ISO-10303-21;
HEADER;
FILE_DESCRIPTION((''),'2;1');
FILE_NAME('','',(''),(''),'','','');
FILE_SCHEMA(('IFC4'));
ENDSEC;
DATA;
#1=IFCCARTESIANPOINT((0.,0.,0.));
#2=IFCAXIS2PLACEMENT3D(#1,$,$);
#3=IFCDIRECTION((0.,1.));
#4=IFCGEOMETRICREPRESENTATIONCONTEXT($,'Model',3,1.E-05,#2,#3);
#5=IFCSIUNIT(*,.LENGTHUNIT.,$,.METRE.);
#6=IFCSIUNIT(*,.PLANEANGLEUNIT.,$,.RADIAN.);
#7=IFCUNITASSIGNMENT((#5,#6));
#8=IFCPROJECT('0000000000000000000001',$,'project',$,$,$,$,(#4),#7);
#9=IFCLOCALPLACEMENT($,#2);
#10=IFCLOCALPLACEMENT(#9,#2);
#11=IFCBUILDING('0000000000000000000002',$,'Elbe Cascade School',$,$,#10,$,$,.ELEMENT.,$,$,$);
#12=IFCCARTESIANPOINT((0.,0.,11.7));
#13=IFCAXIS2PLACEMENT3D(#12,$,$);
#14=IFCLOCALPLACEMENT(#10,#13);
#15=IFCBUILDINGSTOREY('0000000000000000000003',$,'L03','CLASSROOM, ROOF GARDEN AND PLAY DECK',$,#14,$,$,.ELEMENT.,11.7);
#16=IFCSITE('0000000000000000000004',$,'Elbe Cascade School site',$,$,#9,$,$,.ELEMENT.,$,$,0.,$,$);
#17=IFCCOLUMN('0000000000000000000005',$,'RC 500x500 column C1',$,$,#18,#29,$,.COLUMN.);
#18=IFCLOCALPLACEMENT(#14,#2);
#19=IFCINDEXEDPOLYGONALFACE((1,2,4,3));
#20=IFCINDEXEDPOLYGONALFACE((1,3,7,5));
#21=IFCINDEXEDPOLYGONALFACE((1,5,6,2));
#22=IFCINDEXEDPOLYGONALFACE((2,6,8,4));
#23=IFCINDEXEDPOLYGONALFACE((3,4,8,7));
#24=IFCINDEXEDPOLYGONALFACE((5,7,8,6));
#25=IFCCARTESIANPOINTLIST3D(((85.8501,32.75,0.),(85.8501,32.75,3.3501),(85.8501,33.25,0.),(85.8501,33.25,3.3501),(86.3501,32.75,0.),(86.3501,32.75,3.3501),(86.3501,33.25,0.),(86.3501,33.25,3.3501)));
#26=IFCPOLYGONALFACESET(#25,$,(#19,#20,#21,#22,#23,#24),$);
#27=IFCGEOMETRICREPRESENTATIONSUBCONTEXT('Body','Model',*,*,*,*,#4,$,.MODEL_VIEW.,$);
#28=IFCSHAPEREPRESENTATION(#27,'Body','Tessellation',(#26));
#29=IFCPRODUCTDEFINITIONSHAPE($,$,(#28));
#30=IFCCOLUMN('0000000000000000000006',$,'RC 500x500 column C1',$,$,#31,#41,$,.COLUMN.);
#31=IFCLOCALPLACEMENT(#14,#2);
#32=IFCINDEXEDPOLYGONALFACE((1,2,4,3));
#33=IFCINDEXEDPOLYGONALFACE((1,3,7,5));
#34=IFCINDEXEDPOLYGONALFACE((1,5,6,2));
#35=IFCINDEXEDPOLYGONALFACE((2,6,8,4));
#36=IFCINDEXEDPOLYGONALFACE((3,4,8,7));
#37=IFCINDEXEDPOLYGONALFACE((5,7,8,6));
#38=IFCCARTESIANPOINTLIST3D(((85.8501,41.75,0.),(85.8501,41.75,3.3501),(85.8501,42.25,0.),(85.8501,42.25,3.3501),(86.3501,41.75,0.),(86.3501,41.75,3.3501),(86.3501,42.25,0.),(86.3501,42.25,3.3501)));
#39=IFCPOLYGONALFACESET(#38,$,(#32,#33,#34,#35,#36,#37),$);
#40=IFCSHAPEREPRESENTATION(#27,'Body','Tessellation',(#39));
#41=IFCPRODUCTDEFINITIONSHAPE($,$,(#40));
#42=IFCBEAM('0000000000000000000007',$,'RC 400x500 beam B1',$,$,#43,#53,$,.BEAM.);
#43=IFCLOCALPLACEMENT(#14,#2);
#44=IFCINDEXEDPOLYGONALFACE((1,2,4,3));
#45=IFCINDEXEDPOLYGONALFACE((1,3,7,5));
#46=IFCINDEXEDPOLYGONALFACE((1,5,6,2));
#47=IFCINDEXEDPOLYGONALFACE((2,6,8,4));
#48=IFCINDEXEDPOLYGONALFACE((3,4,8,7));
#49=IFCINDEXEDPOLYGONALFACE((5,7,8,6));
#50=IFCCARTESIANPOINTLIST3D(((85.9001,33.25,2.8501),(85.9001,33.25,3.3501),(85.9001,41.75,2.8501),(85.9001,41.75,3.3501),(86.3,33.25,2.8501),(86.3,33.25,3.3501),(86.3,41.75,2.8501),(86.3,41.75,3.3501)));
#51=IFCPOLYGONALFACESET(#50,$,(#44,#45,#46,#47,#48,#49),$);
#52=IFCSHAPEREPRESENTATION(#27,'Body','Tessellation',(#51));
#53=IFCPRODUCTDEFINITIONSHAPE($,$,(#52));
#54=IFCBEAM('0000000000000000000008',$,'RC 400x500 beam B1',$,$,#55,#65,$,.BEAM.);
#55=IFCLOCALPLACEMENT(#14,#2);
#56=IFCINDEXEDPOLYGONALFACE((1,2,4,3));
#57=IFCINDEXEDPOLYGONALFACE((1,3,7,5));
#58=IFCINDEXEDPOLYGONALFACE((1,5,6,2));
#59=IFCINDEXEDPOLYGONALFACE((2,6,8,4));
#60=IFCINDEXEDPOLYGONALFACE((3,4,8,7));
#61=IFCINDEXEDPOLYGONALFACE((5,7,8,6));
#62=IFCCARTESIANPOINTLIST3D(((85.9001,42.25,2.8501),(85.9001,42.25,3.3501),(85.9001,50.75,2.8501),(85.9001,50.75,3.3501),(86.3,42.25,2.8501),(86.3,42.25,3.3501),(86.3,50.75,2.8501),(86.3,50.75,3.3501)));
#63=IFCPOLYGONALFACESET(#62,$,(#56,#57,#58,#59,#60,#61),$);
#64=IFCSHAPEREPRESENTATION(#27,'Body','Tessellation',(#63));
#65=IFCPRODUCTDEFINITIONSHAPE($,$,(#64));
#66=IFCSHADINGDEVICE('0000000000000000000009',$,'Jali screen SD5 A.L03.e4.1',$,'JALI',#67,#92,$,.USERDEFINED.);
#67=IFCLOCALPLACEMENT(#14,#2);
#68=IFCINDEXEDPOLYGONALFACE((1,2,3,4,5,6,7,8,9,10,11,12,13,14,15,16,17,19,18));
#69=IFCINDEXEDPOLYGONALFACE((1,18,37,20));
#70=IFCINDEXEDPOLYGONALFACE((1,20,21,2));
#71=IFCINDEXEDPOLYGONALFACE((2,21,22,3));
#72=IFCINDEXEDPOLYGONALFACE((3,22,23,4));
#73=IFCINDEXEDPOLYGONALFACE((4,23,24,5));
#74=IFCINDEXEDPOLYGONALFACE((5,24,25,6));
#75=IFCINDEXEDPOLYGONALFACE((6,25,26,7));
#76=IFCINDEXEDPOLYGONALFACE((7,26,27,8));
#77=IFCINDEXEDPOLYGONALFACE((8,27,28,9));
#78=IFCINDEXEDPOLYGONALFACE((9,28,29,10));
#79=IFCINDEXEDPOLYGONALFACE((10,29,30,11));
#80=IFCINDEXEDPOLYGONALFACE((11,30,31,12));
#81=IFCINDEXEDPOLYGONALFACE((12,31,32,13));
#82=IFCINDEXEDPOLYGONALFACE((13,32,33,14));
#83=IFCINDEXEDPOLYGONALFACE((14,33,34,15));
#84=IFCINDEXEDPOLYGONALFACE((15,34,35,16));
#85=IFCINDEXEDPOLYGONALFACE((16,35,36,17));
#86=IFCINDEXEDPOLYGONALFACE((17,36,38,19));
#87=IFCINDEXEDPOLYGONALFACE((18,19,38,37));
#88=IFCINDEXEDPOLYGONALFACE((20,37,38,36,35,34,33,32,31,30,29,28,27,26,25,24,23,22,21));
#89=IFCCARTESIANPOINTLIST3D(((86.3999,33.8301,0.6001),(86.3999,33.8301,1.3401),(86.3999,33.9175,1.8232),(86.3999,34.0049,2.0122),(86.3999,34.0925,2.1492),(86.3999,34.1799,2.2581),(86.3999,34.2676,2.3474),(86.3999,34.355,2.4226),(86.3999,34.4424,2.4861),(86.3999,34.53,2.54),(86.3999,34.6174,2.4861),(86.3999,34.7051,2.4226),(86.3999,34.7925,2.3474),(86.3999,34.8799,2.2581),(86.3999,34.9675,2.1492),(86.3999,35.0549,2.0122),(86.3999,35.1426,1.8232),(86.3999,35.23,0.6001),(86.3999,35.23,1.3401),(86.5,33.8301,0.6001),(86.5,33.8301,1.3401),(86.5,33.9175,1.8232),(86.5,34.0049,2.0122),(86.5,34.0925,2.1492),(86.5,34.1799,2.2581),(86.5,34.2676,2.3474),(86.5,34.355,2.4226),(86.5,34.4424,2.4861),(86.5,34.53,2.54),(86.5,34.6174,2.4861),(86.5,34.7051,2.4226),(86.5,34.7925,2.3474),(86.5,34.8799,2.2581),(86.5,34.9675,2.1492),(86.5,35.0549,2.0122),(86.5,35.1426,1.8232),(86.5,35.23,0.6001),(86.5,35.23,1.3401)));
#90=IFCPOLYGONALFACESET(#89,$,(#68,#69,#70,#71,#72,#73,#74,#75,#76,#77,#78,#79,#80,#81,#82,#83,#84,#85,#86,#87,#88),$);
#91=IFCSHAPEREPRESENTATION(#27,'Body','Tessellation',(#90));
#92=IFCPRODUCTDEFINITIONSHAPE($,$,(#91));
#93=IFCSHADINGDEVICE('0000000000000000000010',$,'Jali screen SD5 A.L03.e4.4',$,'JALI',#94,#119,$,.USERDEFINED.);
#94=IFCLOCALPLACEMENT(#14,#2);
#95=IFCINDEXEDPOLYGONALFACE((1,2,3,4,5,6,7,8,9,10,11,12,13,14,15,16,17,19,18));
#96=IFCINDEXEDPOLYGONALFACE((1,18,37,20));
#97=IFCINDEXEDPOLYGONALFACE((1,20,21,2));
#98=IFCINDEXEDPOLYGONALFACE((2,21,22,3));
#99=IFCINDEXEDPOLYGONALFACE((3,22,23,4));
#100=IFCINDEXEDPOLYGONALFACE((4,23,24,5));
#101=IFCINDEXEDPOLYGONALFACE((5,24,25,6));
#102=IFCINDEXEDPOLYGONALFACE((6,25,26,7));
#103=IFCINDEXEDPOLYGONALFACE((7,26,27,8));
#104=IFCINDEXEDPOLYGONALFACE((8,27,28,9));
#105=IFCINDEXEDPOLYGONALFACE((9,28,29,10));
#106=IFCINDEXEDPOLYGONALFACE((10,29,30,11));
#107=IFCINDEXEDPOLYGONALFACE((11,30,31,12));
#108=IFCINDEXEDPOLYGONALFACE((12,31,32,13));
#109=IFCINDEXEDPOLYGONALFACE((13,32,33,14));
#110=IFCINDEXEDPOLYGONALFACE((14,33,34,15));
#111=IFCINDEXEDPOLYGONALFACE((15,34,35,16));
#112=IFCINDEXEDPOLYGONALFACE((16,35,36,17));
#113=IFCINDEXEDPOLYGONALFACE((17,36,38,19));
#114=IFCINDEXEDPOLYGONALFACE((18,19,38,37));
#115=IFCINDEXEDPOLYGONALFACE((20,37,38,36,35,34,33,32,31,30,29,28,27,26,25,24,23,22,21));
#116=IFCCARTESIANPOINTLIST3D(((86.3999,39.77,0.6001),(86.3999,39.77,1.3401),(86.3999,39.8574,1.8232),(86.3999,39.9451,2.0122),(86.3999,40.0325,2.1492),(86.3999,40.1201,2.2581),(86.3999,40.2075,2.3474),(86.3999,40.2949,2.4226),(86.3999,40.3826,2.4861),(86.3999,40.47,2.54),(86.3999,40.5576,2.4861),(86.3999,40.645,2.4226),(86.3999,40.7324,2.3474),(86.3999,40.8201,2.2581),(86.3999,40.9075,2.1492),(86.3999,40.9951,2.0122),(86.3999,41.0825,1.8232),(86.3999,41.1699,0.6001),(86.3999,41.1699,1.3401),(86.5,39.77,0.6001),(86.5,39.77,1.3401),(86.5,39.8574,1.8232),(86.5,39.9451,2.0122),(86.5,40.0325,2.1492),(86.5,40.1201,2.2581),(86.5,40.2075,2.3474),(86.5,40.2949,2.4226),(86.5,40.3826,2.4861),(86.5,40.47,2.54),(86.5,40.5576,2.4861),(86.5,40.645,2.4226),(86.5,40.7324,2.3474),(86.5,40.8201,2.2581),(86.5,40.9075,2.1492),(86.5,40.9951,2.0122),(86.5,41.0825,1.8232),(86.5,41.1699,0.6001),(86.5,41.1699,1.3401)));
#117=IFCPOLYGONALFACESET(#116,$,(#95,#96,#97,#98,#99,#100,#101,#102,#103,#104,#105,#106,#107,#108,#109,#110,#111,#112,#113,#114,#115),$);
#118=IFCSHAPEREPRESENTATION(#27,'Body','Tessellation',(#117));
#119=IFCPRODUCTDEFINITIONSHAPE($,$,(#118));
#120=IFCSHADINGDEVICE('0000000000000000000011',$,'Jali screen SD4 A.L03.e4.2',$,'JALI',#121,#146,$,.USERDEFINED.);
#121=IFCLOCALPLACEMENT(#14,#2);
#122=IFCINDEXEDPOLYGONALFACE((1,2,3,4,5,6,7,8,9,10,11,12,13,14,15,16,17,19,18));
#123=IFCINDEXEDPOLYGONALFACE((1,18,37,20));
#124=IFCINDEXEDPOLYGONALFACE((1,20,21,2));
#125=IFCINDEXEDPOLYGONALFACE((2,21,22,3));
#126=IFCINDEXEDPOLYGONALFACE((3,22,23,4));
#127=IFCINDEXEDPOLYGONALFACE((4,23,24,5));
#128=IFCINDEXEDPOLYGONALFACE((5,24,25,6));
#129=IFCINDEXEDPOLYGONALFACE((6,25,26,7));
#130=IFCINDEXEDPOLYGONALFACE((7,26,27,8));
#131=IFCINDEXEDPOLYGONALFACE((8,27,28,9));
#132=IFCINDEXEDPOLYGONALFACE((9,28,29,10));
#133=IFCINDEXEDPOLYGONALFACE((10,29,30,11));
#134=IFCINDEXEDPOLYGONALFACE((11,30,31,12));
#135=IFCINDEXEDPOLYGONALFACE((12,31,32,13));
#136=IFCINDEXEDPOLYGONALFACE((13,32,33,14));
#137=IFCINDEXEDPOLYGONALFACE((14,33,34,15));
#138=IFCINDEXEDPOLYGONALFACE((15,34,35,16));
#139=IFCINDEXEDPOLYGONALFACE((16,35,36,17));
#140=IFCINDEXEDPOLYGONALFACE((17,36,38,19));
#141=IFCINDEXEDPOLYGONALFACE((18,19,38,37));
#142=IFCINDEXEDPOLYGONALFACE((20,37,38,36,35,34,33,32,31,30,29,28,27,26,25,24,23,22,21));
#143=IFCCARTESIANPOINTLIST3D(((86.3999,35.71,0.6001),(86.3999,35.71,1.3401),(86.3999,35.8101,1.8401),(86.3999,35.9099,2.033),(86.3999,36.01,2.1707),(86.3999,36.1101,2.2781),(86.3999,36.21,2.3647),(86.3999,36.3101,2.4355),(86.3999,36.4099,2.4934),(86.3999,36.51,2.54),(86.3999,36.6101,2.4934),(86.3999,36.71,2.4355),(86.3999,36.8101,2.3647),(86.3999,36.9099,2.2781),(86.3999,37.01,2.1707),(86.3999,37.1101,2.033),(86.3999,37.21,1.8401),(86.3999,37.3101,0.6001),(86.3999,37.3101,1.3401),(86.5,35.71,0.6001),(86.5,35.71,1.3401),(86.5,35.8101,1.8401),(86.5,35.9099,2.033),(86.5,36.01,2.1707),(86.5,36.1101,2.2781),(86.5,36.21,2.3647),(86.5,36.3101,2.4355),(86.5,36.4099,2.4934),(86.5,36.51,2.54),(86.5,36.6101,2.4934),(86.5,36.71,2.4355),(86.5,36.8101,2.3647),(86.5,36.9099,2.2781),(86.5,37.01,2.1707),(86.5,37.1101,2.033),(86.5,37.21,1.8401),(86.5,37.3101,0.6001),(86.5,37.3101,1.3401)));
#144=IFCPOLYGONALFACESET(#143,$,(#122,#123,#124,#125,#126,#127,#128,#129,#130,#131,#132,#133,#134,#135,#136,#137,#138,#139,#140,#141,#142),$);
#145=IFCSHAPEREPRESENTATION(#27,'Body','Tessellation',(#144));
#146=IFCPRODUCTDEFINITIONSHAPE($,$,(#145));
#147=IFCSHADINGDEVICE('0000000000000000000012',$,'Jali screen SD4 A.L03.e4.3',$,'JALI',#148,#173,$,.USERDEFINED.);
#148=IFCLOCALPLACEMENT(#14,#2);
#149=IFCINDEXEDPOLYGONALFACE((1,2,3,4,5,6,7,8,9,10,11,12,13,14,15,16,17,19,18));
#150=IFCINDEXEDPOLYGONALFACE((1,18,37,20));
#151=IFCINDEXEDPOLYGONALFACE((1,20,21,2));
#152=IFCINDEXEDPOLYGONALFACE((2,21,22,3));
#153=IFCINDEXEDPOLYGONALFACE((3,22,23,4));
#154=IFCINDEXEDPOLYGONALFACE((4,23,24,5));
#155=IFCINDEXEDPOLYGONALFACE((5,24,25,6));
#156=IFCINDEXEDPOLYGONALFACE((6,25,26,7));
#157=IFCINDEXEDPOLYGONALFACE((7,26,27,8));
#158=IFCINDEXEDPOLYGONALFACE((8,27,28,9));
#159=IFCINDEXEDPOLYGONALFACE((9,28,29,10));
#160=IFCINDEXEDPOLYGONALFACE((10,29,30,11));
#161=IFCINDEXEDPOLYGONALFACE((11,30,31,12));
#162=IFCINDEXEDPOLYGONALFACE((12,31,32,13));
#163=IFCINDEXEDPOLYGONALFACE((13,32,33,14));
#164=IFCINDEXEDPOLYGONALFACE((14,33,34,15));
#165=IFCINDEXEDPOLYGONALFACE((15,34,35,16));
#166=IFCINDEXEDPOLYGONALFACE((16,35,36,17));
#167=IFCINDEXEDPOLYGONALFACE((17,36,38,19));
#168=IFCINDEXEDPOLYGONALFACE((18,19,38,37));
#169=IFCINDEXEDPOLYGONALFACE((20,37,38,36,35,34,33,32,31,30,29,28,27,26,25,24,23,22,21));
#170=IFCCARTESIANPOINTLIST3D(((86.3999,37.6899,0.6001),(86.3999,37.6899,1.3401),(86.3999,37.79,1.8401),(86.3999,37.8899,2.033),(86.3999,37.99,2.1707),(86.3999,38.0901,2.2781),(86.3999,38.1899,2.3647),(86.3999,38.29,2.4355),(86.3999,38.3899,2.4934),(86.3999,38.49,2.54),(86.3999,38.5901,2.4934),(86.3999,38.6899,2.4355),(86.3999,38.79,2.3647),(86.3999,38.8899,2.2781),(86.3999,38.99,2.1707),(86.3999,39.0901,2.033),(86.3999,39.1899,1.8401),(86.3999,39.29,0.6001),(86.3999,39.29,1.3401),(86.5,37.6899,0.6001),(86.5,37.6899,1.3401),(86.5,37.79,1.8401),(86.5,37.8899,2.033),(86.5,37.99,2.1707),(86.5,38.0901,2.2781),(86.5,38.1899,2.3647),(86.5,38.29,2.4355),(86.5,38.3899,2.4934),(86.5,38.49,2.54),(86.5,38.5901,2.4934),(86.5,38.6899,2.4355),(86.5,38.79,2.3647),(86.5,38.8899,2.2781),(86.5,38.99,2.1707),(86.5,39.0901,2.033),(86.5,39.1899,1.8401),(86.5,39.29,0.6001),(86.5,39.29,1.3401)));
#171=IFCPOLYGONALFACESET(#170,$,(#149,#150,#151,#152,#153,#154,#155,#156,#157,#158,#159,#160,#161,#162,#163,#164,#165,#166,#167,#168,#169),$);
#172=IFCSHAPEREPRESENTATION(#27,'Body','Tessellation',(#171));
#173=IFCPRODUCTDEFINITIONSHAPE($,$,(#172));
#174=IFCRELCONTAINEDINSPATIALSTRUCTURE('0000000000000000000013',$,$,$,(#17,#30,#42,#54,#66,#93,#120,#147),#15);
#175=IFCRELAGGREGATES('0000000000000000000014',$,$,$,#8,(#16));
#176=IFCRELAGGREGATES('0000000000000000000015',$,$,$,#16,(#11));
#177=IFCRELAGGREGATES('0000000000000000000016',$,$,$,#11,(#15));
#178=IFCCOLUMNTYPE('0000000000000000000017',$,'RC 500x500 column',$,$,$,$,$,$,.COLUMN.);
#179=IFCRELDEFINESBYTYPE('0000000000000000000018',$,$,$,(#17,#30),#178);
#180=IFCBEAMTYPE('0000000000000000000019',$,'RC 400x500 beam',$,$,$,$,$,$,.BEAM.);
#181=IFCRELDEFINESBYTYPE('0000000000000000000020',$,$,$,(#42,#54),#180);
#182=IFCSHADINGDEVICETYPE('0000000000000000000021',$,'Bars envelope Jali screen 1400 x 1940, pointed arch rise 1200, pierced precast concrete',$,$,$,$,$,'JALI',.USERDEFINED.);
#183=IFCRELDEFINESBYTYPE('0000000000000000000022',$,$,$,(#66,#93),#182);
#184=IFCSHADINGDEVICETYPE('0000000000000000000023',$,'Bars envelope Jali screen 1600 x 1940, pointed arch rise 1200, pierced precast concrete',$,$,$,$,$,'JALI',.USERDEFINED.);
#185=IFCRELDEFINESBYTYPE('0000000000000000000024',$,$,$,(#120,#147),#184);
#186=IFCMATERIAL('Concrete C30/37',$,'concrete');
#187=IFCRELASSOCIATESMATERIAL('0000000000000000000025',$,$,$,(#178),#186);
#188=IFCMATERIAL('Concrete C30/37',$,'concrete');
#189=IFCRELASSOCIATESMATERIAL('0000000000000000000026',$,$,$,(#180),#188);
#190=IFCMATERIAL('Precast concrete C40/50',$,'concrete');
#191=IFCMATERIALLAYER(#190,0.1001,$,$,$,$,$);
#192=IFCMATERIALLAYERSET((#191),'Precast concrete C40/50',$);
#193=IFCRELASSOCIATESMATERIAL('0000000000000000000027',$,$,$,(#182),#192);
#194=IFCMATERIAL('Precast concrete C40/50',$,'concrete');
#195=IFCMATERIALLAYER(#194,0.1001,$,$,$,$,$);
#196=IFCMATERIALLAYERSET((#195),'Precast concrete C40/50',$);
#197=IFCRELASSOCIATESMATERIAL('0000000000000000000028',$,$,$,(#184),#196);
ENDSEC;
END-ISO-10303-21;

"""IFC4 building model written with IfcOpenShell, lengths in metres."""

from ifc_helpers import new_model, si_unit, direction, frame, origin, origin_2d, place, context, subcontext, project, spatial, polyline, rectangle, outline, extrude, material, layer, layer_set, material_profile, profile_set, type_object, element, save


model = new_model("IFC4")

# Units and contexts
model_context = context("Model", 3, precision=1e-05, world=origin(), true_north=direction((0.0, 1.0)))
body_context = subcontext(model_context, "Body", "Model", "MODEL_VIEW")
ifc_project = project(units=[si_unit("LENGTHUNIT", "METRE"), si_unit("PLANEANGLEUNIT", "RADIAN")], contexts=[model_context])

# Site, building, storey
site_placement = place(None, origin())
site = spatial("IfcSite", under=ifc_project, at=site_placement, Name="Elbe Cascade School site", CompositionType="ELEMENT", RefElevation=0.0)
building_placement = place(site_placement, origin())
building = spatial("IfcBuilding", under=site, at=building_placement, Name="Elbe Cascade School", CompositionType="ELEMENT")
storey_placement = place(building_placement, frame((0.0, 0.0, 11.7)))
storey = spatial("IfcBuildingStorey", under=building, at=storey_placement, Name="L03", Description="CLASSROOM, ROOF GARDEN AND PLAY DECK", CompositionType="ELEMENT", Elevation=11.7)

# Columns
ifc_material_1 = material(Name="Concrete C30/37", Category="concrete")
ifc_material_profile_1 = material_profile(ifc_material_1, rectangle(XDim=0.5, YDim=0.5, at=origin_2d()), Name="RC 500x500")
ifc_profile_set_1 = profile_set([ifc_material_profile_1], Name="Concrete C30/37")
column_type = type_object("IfcColumnType", Name="RC 500x500 column", PredefinedType="COLUMN", material=ifc_profile_set_1)
for number, where, z_axis, x_axis, name in (
    (1, (86.1001, 33.0, 0.0), (0.0, 0.0, 1.0), (1.0, 0.0, 0.0), "RC 500x500 column C1"),
    (2, (86.1001, 42.0, 0.0), (0.0, 0.0, 1.0), (1.0, 0.0, 0.0), "RC 500x500 column C1"),
):
    element("IfcColumn", number, at=place(storey_placement, frame(where, z_axis=z_axis, x_axis=x_axis)), inside=storey, type_object=column_type, Name=name, PredefinedType="COLUMN", context=body_context, shape_type="SweptSolid", body=[
        extrude(rectangle(XDim=0.5, YDim=0.5, at=origin_2d()), origin(), (0.0, 0.0, 1.0), 3.3501),
    ])

# Beams
ifc_material_2 = material(Name="Concrete C30/37", Category="concrete")
ifc_material_profile_2 = material_profile(ifc_material_2, rectangle(XDim=0.3999, YDim=0.5, at=origin_2d()), Name="RC 400x500")
ifc_profile_set_2 = profile_set([ifc_material_profile_2], Name="Concrete C30/37")
beam_type = type_object("IfcBeamType", Name="RC 400x500 beam", PredefinedType="BEAM", material=ifc_profile_set_2)
for number, where, z_axis, x_axis, name in (
    (3, (86.1001, 33.25, 3.1001), (0.0, 1.0, 0.0), (-1.0, 0.0, 0.0), "RC 400x500 beam B1"),
    (4, (86.1001, 42.25, 3.1001), (0.0, 1.0, 0.0), (-1.0, 0.0, 0.0), "RC 400x500 beam B1"),
):
    element("IfcBeam", number, at=place(storey_placement, frame(where, z_axis=z_axis, x_axis=x_axis)), inside=storey, type_object=beam_type, Name=name, PredefinedType="BEAM", context=body_context, shape_type="SweptSolid", body=[
        extrude(rectangle(XDim=0.3999, YDim=0.5, at=origin_2d()), origin(), (0.0, 0.0, 1.0), 8.5),
    ])

# Shading devices
ifc_material_3 = material(Name="Precast concrete C40/50", Category="concrete")
ifc_layer_1 = layer(ifc_material_3, 0.1001)
ifc_layer_set_1 = layer_set([ifc_layer_1], Name="Precast concrete C40/50")
shading_device_type_1 = type_object("IfcShadingDeviceType", Name="Bars envelope Jali screen 1400 x 1940, pointed arch rise 1200, pierced precast concrete", ElementType="JALI", PredefinedType="USERDEFINED", material=ifc_layer_set_1)
shading_device_1_placement = place(storey_placement, frame((86.5, 33.8301, 0.6001), z_axis=(1.0, 0.0, 0.0), x_axis=(0.0, 1.0, 0.0)))
element("IfcShadingDevice", 5, at=shading_device_1_placement, inside=storey, type_object=shading_device_type_1, Name="Jali screen SD5 A.L03.e4.1", ObjectType="JALI", PredefinedType="USERDEFINED", context=body_context, shape_type="SweptSolid", body=[
    extrude(outline(polyline([(0.0, 0.0), (1.3999, 0.0), (1.3999, 0.74), (1.3125, 1.2231), (1.2249, 1.4121), (1.1375, 1.5491), (1.0498, 1.658), (0.9624, 1.7473), (0.875, 1.8225), (0.7874, 1.886), (0.7, 1.9399), (0.6123, 1.886), (0.5249, 1.8225), (0.4375, 1.7473), (0.3499, 1.658), (0.2625, 1.5491), (0.1748, 1.4121), (0.0874, 1.2231), (0.0, 0.74), (0.0, 0.0)])), origin(), (0.0, 0.0, -1.0), 0.1001),
])
shading_device_2_placement = place(storey_placement, frame((86.5, 39.77, 0.6001), z_axis=(1.0, 0.0, 0.0), x_axis=(0.0, 1.0, 0.0)))
element("IfcShadingDevice", 6, at=shading_device_2_placement, inside=storey, type_object=shading_device_type_1, Name="Jali screen SD5 A.L03.e4.4", ObjectType="JALI", PredefinedType="USERDEFINED", context=body_context, shape_type="SweptSolid", body=[
    extrude(outline(polyline([(0.0, 0.0), (1.3999, 0.0), (1.3999, 0.74), (1.3125, 1.2231), (1.2251, 1.4121), (1.1375, 1.5491), (1.05, 1.658), (0.9624, 1.7473), (0.875, 1.8225), (0.7876, 1.886), (0.7, 1.9399), (0.6125, 1.886), (0.5249, 1.8225), (0.4375, 1.7473), (0.3501, 1.658), (0.2625, 1.5491), (0.175, 1.4121), (0.0874, 1.2231), (0.0, 0.74), (0.0, 0.0)])), origin(), (0.0, 0.0, -1.0), 0.1001),
])
ifc_material_4 = material(Name="Precast concrete C40/50", Category="concrete")
ifc_layer_2 = layer(ifc_material_4, 0.1001)
ifc_layer_set_2 = layer_set([ifc_layer_2], Name="Precast concrete C40/50")
shading_device_type_2 = type_object("IfcShadingDeviceType", Name="Bars envelope Jali screen 1600 x 1940, pointed arch rise 1200, pierced precast concrete", ElementType="JALI", PredefinedType="USERDEFINED", material=ifc_layer_set_2)
for number, where, z_axis, x_axis, name in (
    (7, (86.5, 35.71, 0.6001), (1.0, 0.0, 0.0), (0.0, 1.0, 0.0), "Jali screen SD4 A.L03.e4.2"),
    (8, (86.5, 37.6899, 0.6001), (1.0, 0.0, 0.0), (0.0, 1.0, 0.0), "Jali screen SD4 A.L03.e4.3"),
):
    element("IfcShadingDevice", number, at=place(storey_placement, frame(where, z_axis=z_axis, x_axis=x_axis)), inside=storey, type_object=shading_device_type_2, Name=name, ObjectType="JALI", PredefinedType="USERDEFINED", context=body_context, shape_type="SweptSolid", body=[
        extrude(outline(polyline([(0.0, 0.0), (1.6001, 0.0), (1.6001, 0.74), (1.5, 1.24), (1.4001, 1.4329), (1.3, 1.5706), (1.2, 1.678), (1.1001, 1.7646), (1.0, 1.8354), (0.9001, 1.8933), (0.8, 1.9399), (0.7, 1.8933), (0.6001, 1.8354), (0.5, 1.7646), (0.4001, 1.678), (0.3, 1.5706), (0.2, 1.4329), (0.1001, 1.24), (0.0, 0.74), (0.0, 0.0)])), origin(), (0.0, 0.0, -1.0), 0.1001),
    ])

save(model, "model.ifc")
